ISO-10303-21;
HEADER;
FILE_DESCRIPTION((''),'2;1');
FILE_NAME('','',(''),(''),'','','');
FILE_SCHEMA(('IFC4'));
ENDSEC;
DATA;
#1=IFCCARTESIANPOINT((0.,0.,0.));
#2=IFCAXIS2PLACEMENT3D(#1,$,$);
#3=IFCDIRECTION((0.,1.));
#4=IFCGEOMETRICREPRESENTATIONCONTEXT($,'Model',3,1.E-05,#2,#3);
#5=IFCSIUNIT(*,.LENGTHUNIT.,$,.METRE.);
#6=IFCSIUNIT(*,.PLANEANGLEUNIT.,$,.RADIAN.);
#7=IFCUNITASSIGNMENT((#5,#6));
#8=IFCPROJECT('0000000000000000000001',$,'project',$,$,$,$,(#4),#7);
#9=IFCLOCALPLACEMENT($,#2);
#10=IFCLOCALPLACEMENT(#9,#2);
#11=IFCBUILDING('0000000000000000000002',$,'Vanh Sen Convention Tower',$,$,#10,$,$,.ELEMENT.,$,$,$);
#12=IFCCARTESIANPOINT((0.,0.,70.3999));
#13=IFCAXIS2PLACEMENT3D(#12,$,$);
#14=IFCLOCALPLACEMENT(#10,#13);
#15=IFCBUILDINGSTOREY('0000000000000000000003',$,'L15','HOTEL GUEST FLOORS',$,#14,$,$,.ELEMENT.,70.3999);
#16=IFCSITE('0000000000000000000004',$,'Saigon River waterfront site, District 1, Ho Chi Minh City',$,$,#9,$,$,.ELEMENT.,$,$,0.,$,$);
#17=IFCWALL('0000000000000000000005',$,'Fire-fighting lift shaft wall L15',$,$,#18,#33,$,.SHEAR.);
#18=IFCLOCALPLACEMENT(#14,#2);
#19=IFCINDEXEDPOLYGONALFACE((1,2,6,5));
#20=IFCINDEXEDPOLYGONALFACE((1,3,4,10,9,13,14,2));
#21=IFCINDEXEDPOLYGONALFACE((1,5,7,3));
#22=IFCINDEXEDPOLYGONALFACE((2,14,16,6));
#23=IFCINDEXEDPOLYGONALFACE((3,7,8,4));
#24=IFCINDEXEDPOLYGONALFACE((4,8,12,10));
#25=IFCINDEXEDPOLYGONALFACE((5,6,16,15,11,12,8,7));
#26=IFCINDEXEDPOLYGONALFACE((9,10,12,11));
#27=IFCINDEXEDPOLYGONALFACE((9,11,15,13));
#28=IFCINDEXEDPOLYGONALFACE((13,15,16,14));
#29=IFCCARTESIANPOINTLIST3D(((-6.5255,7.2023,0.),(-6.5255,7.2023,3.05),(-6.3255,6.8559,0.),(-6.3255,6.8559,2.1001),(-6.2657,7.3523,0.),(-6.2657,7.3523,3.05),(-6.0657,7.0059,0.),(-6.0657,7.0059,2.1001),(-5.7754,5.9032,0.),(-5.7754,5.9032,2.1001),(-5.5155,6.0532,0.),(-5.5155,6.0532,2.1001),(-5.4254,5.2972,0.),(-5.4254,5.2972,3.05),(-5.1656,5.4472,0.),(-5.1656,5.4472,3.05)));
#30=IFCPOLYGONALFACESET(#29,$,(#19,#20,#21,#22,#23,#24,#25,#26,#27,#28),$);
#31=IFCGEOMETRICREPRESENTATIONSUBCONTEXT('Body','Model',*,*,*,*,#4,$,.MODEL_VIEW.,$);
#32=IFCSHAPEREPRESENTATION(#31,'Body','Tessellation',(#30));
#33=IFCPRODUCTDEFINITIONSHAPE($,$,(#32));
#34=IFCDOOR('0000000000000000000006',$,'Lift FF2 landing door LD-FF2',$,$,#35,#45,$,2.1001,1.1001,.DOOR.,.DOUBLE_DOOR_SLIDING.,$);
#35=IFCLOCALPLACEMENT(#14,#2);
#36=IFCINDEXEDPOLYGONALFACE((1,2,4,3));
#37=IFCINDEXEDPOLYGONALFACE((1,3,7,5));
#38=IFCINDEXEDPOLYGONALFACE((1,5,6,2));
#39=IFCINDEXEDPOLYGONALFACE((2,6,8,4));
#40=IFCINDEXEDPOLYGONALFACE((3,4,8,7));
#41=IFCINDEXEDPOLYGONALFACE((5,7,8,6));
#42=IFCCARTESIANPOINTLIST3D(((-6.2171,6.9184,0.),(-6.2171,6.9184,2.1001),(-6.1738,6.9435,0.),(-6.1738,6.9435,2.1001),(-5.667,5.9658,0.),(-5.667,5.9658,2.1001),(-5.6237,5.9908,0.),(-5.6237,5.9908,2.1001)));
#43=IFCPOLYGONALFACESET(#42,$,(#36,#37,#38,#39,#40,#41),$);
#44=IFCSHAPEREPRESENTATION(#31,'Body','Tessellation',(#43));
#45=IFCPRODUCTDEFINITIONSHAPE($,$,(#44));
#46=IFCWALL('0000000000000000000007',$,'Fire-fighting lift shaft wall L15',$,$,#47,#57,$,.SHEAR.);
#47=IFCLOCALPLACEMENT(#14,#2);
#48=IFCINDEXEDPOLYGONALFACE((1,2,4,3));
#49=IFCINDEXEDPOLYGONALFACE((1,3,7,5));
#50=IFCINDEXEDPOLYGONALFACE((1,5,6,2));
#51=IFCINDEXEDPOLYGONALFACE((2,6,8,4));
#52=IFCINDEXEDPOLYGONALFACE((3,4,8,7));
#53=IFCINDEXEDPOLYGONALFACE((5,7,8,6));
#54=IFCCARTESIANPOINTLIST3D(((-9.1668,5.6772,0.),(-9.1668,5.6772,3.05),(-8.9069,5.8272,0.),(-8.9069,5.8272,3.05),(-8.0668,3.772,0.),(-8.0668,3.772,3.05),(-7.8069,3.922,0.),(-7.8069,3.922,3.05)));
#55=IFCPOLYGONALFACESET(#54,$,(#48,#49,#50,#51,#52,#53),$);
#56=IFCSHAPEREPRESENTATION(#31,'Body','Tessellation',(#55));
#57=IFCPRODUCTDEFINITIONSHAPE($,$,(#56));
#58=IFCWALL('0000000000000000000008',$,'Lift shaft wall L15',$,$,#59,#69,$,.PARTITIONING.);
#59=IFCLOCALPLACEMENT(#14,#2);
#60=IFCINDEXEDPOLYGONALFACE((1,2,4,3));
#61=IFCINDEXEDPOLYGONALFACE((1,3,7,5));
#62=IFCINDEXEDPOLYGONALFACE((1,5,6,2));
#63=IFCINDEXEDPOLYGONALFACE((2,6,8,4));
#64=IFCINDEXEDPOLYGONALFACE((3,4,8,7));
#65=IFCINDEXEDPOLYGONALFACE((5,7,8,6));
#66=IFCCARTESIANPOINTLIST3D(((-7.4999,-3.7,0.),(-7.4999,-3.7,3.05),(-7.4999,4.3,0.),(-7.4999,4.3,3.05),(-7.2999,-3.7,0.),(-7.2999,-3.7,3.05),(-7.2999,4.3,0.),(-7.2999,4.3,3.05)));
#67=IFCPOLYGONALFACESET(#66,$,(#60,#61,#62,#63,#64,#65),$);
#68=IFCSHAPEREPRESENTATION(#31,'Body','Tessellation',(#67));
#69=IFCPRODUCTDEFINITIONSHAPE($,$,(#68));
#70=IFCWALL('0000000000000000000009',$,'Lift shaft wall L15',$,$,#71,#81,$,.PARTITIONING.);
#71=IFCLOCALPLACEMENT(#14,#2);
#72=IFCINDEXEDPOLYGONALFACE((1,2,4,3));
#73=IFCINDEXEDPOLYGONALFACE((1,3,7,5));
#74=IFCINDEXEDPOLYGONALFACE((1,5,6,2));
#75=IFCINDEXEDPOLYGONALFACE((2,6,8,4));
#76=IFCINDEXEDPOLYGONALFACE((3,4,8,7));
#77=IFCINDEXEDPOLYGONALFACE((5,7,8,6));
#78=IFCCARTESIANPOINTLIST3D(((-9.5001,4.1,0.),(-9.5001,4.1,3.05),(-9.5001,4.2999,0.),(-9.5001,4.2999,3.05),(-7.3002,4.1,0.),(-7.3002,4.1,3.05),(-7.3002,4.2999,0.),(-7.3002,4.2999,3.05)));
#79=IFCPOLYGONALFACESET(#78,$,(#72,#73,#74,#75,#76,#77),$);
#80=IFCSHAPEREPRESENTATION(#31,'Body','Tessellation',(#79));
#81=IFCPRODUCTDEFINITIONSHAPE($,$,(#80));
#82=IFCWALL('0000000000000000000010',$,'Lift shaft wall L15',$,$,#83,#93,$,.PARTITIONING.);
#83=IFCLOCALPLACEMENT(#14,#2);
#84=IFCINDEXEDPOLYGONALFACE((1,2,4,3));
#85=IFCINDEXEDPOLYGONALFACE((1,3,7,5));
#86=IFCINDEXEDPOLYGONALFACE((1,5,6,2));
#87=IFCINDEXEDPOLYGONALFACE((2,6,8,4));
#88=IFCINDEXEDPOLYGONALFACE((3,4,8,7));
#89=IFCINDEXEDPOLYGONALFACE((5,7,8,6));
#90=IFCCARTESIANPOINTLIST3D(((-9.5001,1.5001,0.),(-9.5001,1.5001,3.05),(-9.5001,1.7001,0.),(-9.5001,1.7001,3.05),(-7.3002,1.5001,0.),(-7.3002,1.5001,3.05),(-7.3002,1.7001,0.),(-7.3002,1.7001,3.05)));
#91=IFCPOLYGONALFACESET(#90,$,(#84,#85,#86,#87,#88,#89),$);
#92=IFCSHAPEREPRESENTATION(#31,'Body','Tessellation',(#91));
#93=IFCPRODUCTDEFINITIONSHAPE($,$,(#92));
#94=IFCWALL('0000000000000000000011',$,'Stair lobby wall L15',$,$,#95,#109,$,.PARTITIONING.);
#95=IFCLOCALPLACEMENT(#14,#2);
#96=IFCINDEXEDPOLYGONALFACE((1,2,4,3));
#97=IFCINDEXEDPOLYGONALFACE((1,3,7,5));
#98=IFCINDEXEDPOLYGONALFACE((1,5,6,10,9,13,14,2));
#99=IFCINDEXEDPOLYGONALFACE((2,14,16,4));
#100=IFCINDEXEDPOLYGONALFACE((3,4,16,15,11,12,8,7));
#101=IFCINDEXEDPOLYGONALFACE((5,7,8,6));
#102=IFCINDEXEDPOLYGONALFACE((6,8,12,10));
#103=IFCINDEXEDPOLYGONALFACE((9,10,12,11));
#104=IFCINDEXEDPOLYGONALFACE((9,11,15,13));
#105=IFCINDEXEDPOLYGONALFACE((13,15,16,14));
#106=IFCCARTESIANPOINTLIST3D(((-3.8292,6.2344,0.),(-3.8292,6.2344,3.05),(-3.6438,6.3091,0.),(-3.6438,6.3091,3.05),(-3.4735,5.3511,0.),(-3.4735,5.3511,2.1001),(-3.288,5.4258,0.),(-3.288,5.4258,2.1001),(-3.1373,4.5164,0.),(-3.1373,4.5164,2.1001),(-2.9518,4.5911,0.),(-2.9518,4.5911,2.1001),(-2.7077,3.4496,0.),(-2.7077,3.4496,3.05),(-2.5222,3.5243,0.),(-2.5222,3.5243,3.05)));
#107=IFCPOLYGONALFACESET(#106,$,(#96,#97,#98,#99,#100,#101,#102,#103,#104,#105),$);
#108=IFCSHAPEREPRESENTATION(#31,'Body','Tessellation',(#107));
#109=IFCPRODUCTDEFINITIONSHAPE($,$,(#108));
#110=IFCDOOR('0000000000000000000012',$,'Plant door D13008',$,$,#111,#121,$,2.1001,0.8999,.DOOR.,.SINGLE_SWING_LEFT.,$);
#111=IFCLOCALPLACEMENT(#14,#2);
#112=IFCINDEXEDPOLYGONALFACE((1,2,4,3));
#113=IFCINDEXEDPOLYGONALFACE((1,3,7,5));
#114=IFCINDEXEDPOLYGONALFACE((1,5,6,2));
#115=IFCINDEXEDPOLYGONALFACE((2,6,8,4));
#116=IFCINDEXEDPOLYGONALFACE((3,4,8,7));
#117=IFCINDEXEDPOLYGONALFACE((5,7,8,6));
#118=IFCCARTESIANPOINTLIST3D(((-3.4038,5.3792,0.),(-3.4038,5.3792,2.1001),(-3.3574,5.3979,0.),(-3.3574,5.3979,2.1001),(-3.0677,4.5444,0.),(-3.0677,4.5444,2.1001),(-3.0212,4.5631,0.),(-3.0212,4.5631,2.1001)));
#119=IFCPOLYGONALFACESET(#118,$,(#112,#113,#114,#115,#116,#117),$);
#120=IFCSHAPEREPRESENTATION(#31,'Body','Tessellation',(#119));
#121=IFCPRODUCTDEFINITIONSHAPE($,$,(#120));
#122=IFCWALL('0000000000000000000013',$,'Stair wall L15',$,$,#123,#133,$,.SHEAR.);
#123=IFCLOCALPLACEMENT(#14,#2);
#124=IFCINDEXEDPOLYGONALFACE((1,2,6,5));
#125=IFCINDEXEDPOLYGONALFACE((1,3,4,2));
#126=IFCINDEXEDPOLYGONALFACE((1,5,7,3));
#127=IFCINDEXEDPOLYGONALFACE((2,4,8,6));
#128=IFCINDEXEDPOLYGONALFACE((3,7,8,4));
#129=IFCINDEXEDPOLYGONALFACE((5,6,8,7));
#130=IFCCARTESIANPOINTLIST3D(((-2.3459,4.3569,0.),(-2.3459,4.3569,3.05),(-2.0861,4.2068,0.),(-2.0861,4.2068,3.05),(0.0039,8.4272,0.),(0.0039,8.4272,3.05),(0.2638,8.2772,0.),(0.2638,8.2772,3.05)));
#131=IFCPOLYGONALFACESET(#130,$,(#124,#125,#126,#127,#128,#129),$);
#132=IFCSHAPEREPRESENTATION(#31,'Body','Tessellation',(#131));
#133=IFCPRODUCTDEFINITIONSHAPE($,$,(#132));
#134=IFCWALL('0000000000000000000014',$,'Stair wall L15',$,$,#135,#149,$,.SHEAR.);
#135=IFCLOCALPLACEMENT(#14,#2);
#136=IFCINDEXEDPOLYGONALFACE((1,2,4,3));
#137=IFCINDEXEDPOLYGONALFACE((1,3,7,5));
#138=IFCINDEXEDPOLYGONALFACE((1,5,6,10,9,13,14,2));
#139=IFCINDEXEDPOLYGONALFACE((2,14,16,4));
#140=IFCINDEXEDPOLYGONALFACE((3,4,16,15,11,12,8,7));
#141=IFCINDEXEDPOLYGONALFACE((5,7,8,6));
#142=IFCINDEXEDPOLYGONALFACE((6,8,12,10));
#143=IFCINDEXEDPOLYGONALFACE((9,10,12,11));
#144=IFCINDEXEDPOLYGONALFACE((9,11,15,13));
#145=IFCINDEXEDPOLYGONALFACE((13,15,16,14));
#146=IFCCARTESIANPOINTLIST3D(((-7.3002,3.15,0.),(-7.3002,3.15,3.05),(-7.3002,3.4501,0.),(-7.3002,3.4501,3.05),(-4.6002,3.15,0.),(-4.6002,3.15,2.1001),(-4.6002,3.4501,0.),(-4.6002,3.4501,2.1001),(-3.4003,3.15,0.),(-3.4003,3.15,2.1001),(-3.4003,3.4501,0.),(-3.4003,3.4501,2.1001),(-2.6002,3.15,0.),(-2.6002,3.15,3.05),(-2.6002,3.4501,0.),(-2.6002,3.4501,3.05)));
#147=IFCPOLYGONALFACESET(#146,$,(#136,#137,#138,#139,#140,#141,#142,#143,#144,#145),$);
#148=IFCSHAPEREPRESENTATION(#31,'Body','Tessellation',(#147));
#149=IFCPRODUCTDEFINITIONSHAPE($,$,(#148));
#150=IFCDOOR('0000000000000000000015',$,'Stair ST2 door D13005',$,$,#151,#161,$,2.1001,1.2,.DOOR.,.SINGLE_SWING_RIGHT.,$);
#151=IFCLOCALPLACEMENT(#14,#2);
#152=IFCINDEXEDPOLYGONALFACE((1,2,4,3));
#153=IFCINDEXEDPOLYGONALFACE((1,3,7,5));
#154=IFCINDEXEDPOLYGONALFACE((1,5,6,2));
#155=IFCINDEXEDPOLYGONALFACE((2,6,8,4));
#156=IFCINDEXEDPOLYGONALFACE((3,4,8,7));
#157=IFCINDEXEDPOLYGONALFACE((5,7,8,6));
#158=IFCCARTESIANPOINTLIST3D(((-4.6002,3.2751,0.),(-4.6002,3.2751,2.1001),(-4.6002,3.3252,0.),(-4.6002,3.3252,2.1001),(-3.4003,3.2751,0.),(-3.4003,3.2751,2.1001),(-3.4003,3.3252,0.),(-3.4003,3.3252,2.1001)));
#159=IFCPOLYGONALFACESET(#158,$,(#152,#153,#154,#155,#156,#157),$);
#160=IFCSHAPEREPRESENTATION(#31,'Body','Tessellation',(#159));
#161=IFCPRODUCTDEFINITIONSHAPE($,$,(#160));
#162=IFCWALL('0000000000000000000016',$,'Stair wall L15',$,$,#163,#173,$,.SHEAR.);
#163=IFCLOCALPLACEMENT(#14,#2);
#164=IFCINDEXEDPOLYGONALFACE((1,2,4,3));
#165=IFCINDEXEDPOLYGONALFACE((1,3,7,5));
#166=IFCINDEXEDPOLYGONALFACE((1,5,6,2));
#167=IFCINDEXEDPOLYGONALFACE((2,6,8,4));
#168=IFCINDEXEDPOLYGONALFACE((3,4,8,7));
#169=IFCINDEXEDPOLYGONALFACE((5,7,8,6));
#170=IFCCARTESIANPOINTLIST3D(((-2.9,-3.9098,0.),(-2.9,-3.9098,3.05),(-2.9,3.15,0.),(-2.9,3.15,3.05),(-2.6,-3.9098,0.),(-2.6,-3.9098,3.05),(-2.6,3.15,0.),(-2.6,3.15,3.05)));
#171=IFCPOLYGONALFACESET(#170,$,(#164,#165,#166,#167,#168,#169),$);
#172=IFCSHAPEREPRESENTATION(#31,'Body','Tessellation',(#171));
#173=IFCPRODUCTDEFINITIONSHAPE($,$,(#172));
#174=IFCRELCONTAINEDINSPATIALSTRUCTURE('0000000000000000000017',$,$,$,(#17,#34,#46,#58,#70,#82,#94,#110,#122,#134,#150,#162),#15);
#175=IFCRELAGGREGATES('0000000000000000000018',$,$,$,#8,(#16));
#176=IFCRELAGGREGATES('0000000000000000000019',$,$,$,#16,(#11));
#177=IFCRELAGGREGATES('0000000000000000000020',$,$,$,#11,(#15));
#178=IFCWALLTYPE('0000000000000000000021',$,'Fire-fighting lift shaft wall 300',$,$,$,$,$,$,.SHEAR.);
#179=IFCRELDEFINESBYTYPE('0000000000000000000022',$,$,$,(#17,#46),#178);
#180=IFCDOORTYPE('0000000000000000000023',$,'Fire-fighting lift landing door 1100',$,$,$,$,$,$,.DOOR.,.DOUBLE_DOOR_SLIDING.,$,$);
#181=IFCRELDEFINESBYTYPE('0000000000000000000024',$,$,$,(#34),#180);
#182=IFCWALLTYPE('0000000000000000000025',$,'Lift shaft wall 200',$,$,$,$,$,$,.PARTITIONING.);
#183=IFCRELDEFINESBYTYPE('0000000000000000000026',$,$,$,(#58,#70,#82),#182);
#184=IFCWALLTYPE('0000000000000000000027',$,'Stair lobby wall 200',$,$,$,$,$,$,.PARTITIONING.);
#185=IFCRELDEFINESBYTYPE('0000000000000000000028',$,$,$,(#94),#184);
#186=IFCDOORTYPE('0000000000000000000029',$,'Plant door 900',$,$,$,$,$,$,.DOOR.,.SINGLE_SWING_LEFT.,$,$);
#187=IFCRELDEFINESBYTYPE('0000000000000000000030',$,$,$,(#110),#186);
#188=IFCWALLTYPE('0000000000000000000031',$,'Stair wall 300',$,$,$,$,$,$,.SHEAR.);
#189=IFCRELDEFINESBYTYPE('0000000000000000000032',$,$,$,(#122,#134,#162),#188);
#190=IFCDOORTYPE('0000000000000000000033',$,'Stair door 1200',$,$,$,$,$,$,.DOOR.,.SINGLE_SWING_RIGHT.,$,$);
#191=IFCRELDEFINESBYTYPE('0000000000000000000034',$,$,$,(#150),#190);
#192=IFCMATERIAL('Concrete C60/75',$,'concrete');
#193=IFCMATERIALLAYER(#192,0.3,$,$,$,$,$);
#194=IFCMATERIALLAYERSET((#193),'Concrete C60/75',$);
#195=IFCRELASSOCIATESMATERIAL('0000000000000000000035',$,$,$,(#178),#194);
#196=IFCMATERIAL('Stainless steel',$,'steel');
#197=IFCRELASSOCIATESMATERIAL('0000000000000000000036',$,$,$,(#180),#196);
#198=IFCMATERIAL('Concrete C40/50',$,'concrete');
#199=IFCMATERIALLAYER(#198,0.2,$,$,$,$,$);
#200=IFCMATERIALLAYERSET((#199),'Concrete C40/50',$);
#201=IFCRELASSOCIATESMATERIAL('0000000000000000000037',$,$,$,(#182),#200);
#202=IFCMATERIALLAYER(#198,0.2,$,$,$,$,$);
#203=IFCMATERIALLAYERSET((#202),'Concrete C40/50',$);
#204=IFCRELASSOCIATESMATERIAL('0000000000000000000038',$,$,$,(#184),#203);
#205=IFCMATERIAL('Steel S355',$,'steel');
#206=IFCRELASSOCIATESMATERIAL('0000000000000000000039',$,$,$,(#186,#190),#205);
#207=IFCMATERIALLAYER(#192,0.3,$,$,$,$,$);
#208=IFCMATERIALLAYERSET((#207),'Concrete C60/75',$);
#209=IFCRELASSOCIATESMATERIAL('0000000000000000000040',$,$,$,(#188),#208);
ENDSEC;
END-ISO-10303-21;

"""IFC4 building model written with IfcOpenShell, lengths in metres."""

from ifc_helpers import new_model, si_unit, direction, frame, frame_2d, origin, place, context, subcontext, project, spatial, rectangle, extrude, material, layer, layer_set, type_object, element, fill, save


model = new_model("IFC4")

# Units and contexts
model_context = context("Model", 3, precision=1e-05, world=origin(), true_north=direction((0.0, 1.0)))
body_context = subcontext(model_context, "Body", "Model", "MODEL_VIEW")
ifc_project = project(units=[si_unit("LENGTHUNIT", "METRE"), si_unit("PLANEANGLEUNIT", "RADIAN")], contexts=[model_context])

# Site, building, storey
site_placement = place(None, origin())
site = spatial("IfcSite", under=ifc_project, at=site_placement, Name="Saigon River waterfront site, District 1, Ho Chi Minh City", CompositionType="ELEMENT", RefElevation=0.0)
building_placement = place(site_placement, origin())
building = spatial("IfcBuilding", under=site, at=building_placement, Name="Vanh Sen Convention Tower", CompositionType="ELEMENT")
storey_placement = place(building_placement, frame((0.0, 0.0, 70.3999)))
storey = spatial("IfcBuildingStorey", under=building, at=storey_placement, Name="L15", Description="HOTEL GUEST FLOORS", CompositionType="ELEMENT", Elevation=70.3999)

# Wall, opening, door
ifc_material_1 = material(Name="Concrete C60/75", Category="concrete")
ifc_layer_1 = layer(ifc_material_1, 0.3)
ifc_layer_set_1 = layer_set([ifc_layer_1], Name="Concrete C60/75")
wall_type_1 = type_object("IfcWallType", Name="Fire-fighting lift shaft wall 300", PredefinedType="SHEAR", material=ifc_layer_set_1)
wall_1_placement = place(storey_placement, frame((-5.2954, 5.3721, 0.0), z_axis=(0.0, 0.0, 1.0), x_axis=(-0.500078, 0.86598, 0.0)))
wall_1 = element("IfcWall", 1, at=wall_1_placement, inside=storey, type_object=wall_type_1, Name="Fire-fighting lift shaft wall L15", PredefinedType="SHEAR", context=body_context, shape_type="SweptSolid", body=[
    extrude(rectangle(XDim=2.2, YDim=0.3, at=frame_2d((1.1001, 0.0))), origin(), (0.0, 0.0, 1.0), 3.05),
])
opening_1_placement = place(wall_1_placement, frame((0.7, 0.0, 0.0)))
opening_1 = element("IfcOpeningElement", 2, at=opening_1_placement, cuts=wall_1, PredefinedType="OPENING", context=body_context, shape_type="SweptSolid", body=[
    extrude(rectangle(XDim=1.1001, YDim=2.1001, at=frame_2d((0.55, 1.05))), frame((0.0, 0.1599, 0.0), z_axis=(0.0, -1.0, 0.0), x_axis=(1.0, 0.0, 0.0)), (0.0, 0.0, 1.0), 0.3201),
])
ifc_material_2 = material(Name="Stainless steel", Category="steel")
door_type_1 = type_object("IfcDoorType", Name="Fire-fighting lift landing door 1100", OperationType="DOUBLE_DOOR_SLIDING", PredefinedType="DOOR", material=ifc_material_2)
door_1_placement = place(opening_1_placement, origin())
door_1 = element("IfcDoor", 3, at=door_1_placement, inside=storey, type_object=door_type_1, Name="Lift FF2 landing door LD-FF2", OperationType="DOUBLE_DOOR_SLIDING", OverallHeight=2.1001, OverallWidth=1.1001, PredefinedType="DOOR", context=body_context, shape_type="SweptSolid", body=[
    extrude(rectangle(XDim=1.1001, YDim=2.1001, at=frame_2d((0.55, 1.05))), frame((0.0, 0.0249, 0.0), z_axis=(0.0, -1.0, 0.0), x_axis=(1.0, 0.0, 0.0)), (0.0, 0.0, 1.0), 0.05),
])
fill(opening_1, door_1)

# Walls
wall_2_placement = place(storey_placement, frame((-7.9368, 3.8469, 0.0), z_axis=(0.0, 0.0, 1.0), x_axis=(-0.50003, 0.866008, 0.0)))
element("IfcWall", 4, at=wall_2_placement, inside=storey, type_object=wall_type_1, Name="Fire-fighting lift shaft wall L15", PredefinedType="SHEAR", context=body_context, shape_type="SweptSolid", body=[
    extrude(rectangle(XDim=2.2, YDim=0.3, at=frame_2d((1.1001, 0.0))), origin(), (0.0, 0.0, 1.0), 3.05),
])
ifc_material_3 = material(Name="Concrete C40/50", Category="concrete")
ifc_layer_2 = layer(ifc_material_3, 0.2)
ifc_layer_set_2 = layer_set([ifc_layer_2], Name="Concrete C40/50")
wall_type_2 = type_object("IfcWallType", Name="Lift shaft wall 200", PredefinedType="PARTITIONING", material=ifc_layer_set_2)
wall_3_placement = place(storey_placement, frame((-7.3999, 4.3, 0.0), z_axis=(0.0, 0.0, 1.0), x_axis=(0.0, -1.0, 0.0)))
element("IfcWall", 5, at=wall_3_placement, inside=storey, type_object=wall_type_2, Name="Lift shaft wall L15", PredefinedType="PARTITIONING", context=body_context, shape_type="SweptSolid", body=[
    extrude(rectangle(XDim=8.0, YDim=0.2, at=frame_2d((4.0, 0.0))), origin(), (0.0, 0.0, 1.0), 3.05),
])
for number, where, z_axis, x_axis, name in (
    (6, (-7.3, 4.2, 0.0), (0.0, 0.0, 1.0), (-1.0, 0.0, 0.0), "Lift shaft wall L15"),
    (7, (-7.3, 1.6001, 0.0), (0.0, 0.0, 1.0), (-1.0, 0.0, 0.0), "Lift shaft wall L15"),
):
    element("IfcWall", number, at=place(storey_placement, frame(where, z_axis=z_axis, x_axis=x_axis)), inside=storey, type_object=wall_type_2, Name=name, PredefinedType="PARTITIONING", context=body_context, shape_type="SweptSolid", body=[
        extrude(rectangle(XDim=2.2, YDim=0.2, at=frame_2d((1.1001, 0.0))), origin(), (0.0, 0.0, 1.0), 3.05),
    ])

# Wall, opening, door
ifc_layer_3 = layer(ifc_material_3, 0.2)
ifc_layer_set_3 = layer_set([ifc_layer_3], Name="Concrete C40/50")
wall_type_3 = type_object("IfcWallType", Name="Stair lobby wall 200", PredefinedType="PARTITIONING", material=ifc_layer_set_3)
wall_4_placement = place(storey_placement, frame((-2.615, 3.4871, 0.0), z_axis=(0.0, 0.0, 1.0), x_axis=(-0.373577, 0.927599, 0.0)))
wall_4 = element("IfcWall", 8, at=wall_4_placement, inside=storey, type_object=wall_type_3, Name="Stair lobby wall L15", PredefinedType="PARTITIONING", context=body_context, shape_type="SweptSolid", body=[
    extrude(rectangle(XDim=3.0022, YDim=0.2, at=frame_2d((1.501, 0.0))), origin(), (0.0, 0.0, 1.0), 3.05),
])
opening_2_placement = place(wall_4_placement, frame((1.1499, 0.0, 0.0)))
opening_2 = element("IfcOpeningElement", 9, at=opening_2_placement, cuts=wall_4, PredefinedType="OPENING", context=body_context, shape_type="SweptSolid", body=[
    extrude(rectangle(XDim=0.8999, YDim=2.1001, at=frame_2d((0.45, 1.05))), frame((0.0, 0.1099, 0.0), z_axis=(0.0, -1.0, 0.0), x_axis=(1.0, 0.0, 0.0)), (0.0, 0.0, 1.0), 0.22),
])
ifc_material_4 = material(Name="Steel S355", Category="steel")
door_type_2 = type_object("IfcDoorType", Name="Plant door 900", OperationType="SINGLE_SWING_LEFT", PredefinedType="DOOR", material=ifc_material_4)
door_2_placement = place(opening_2_placement, origin())
door_2 = element("IfcDoor", 10, at=door_2_placement, inside=storey, type_object=door_type_2, Name="Plant door D13008", OperationType="SINGLE_SWING_LEFT", OverallHeight=2.1001, OverallWidth=0.8999, PredefinedType="DOOR", context=body_context, shape_type="SweptSolid", body=[
    extrude(rectangle(XDim=0.8999, YDim=2.1001, at=frame_2d((0.45, 1.05))), frame((0.0, 0.0249, 0.0), z_axis=(0.0, -1.0, 0.0), x_axis=(1.0, 0.0, 0.0)), (0.0, 0.0, 1.0), 0.05),
])
fill(opening_2, door_2)

# Wall
ifc_layer_4 = layer(ifc_material_1, 0.3)
ifc_layer_set_4 = layer_set([ifc_layer_4], Name="Concrete C60/75")
wall_type_4 = type_object("IfcWallType", Name="Stair wall 300", PredefinedType="SHEAR", material=ifc_layer_set_4)
wall_5_placement = place(storey_placement, frame((-2.2161, 4.2817, 0.0), z_axis=(0.0, 0.0, 1.0), x_axis=(0.499977, 0.866039, 0.0)))
element("IfcWall", 11, at=wall_5_placement, inside=storey, type_object=wall_type_4, Name="Stair wall L15", PredefinedType="SHEAR", context=body_context, shape_type="SweptSolid", body=[
    extrude(rectangle(XDim=4.7, YDim=0.3, at=frame_2d((2.3501, 0.0))), origin(), (0.0, 0.0, 1.0), 3.05),
])

# Wall, opening, door
wall_6_placement = place(storey_placement, frame((-2.6001, 3.3, 0.0), z_axis=(0.0, 0.0, 1.0), x_axis=(-1.0, 0.0, 0.0)))
wall_6 = element("IfcWall", 12, at=wall_6_placement, inside=storey, type_object=wall_type_4, Name="Stair wall L15", PredefinedType="SHEAR", context=body_context, shape_type="SweptSolid", body=[
    extrude(rectangle(XDim=4.7, YDim=0.3, at=frame_2d((2.3501, 0.0))), origin(), (0.0, 0.0, 1.0), 3.05),
])
opening_3_placement = place(wall_6_placement, frame((0.8, 0.0, 0.0)))
opening_3 = element("IfcOpeningElement", 13, at=opening_3_placement, cuts=wall_6, PredefinedType="OPENING", context=body_context, shape_type="SweptSolid", body=[
    extrude(rectangle(XDim=1.2, YDim=2.1001, at=frame_2d((0.6001, 1.05))), frame((0.0, 0.1599, 0.0), z_axis=(0.0, -1.0, 0.0), x_axis=(1.0, 0.0, 0.0)), (0.0, 0.0, 1.0), 0.3201),
])
door_type_3 = type_object("IfcDoorType", Name="Stair door 1200", OperationType="SINGLE_SWING_RIGHT", PredefinedType="DOOR", material=ifc_material_4)
door_3_placement = place(opening_3_placement, origin())
door_3 = element("IfcDoor", 14, at=door_3_placement, inside=storey, type_object=door_type_3, Name="Stair ST2 door D13005", OperationType="SINGLE_SWING_RIGHT", OverallHeight=2.1001, OverallWidth=1.2, PredefinedType="DOOR", context=body_context, shape_type="SweptSolid", body=[
    extrude(rectangle(XDim=1.2, YDim=2.1001, at=frame_2d((0.6001, 1.05))), frame((0.0, 0.0249, 0.0), z_axis=(0.0, -1.0, 0.0), x_axis=(1.0, 0.0, 0.0)), (0.0, 0.0, 1.0), 0.05),
])
fill(opening_3, door_3)

# Wall
for number, where, z_axis, x_axis, name in (
    (15, (-2.75, 3.1499, 0.0), (0.0, 0.0, 1.0), (0.0, -1.0, 0.0), "Stair wall L15"),
):
    element("IfcWall", number, at=place(storey_placement, frame(where, z_axis=z_axis, x_axis=x_axis)), inside=storey, type_object=wall_type_4, Name=name, PredefinedType="SHEAR", context=body_context, shape_type="SweptSolid", body=[
        extrude(rectangle(XDim=7.0598, YDim=0.3, at=frame_2d((3.5298, 0.0))), origin(), (0.0, 0.0, 1.0), 3.05),
    ])

save(model, "model.ifc")
